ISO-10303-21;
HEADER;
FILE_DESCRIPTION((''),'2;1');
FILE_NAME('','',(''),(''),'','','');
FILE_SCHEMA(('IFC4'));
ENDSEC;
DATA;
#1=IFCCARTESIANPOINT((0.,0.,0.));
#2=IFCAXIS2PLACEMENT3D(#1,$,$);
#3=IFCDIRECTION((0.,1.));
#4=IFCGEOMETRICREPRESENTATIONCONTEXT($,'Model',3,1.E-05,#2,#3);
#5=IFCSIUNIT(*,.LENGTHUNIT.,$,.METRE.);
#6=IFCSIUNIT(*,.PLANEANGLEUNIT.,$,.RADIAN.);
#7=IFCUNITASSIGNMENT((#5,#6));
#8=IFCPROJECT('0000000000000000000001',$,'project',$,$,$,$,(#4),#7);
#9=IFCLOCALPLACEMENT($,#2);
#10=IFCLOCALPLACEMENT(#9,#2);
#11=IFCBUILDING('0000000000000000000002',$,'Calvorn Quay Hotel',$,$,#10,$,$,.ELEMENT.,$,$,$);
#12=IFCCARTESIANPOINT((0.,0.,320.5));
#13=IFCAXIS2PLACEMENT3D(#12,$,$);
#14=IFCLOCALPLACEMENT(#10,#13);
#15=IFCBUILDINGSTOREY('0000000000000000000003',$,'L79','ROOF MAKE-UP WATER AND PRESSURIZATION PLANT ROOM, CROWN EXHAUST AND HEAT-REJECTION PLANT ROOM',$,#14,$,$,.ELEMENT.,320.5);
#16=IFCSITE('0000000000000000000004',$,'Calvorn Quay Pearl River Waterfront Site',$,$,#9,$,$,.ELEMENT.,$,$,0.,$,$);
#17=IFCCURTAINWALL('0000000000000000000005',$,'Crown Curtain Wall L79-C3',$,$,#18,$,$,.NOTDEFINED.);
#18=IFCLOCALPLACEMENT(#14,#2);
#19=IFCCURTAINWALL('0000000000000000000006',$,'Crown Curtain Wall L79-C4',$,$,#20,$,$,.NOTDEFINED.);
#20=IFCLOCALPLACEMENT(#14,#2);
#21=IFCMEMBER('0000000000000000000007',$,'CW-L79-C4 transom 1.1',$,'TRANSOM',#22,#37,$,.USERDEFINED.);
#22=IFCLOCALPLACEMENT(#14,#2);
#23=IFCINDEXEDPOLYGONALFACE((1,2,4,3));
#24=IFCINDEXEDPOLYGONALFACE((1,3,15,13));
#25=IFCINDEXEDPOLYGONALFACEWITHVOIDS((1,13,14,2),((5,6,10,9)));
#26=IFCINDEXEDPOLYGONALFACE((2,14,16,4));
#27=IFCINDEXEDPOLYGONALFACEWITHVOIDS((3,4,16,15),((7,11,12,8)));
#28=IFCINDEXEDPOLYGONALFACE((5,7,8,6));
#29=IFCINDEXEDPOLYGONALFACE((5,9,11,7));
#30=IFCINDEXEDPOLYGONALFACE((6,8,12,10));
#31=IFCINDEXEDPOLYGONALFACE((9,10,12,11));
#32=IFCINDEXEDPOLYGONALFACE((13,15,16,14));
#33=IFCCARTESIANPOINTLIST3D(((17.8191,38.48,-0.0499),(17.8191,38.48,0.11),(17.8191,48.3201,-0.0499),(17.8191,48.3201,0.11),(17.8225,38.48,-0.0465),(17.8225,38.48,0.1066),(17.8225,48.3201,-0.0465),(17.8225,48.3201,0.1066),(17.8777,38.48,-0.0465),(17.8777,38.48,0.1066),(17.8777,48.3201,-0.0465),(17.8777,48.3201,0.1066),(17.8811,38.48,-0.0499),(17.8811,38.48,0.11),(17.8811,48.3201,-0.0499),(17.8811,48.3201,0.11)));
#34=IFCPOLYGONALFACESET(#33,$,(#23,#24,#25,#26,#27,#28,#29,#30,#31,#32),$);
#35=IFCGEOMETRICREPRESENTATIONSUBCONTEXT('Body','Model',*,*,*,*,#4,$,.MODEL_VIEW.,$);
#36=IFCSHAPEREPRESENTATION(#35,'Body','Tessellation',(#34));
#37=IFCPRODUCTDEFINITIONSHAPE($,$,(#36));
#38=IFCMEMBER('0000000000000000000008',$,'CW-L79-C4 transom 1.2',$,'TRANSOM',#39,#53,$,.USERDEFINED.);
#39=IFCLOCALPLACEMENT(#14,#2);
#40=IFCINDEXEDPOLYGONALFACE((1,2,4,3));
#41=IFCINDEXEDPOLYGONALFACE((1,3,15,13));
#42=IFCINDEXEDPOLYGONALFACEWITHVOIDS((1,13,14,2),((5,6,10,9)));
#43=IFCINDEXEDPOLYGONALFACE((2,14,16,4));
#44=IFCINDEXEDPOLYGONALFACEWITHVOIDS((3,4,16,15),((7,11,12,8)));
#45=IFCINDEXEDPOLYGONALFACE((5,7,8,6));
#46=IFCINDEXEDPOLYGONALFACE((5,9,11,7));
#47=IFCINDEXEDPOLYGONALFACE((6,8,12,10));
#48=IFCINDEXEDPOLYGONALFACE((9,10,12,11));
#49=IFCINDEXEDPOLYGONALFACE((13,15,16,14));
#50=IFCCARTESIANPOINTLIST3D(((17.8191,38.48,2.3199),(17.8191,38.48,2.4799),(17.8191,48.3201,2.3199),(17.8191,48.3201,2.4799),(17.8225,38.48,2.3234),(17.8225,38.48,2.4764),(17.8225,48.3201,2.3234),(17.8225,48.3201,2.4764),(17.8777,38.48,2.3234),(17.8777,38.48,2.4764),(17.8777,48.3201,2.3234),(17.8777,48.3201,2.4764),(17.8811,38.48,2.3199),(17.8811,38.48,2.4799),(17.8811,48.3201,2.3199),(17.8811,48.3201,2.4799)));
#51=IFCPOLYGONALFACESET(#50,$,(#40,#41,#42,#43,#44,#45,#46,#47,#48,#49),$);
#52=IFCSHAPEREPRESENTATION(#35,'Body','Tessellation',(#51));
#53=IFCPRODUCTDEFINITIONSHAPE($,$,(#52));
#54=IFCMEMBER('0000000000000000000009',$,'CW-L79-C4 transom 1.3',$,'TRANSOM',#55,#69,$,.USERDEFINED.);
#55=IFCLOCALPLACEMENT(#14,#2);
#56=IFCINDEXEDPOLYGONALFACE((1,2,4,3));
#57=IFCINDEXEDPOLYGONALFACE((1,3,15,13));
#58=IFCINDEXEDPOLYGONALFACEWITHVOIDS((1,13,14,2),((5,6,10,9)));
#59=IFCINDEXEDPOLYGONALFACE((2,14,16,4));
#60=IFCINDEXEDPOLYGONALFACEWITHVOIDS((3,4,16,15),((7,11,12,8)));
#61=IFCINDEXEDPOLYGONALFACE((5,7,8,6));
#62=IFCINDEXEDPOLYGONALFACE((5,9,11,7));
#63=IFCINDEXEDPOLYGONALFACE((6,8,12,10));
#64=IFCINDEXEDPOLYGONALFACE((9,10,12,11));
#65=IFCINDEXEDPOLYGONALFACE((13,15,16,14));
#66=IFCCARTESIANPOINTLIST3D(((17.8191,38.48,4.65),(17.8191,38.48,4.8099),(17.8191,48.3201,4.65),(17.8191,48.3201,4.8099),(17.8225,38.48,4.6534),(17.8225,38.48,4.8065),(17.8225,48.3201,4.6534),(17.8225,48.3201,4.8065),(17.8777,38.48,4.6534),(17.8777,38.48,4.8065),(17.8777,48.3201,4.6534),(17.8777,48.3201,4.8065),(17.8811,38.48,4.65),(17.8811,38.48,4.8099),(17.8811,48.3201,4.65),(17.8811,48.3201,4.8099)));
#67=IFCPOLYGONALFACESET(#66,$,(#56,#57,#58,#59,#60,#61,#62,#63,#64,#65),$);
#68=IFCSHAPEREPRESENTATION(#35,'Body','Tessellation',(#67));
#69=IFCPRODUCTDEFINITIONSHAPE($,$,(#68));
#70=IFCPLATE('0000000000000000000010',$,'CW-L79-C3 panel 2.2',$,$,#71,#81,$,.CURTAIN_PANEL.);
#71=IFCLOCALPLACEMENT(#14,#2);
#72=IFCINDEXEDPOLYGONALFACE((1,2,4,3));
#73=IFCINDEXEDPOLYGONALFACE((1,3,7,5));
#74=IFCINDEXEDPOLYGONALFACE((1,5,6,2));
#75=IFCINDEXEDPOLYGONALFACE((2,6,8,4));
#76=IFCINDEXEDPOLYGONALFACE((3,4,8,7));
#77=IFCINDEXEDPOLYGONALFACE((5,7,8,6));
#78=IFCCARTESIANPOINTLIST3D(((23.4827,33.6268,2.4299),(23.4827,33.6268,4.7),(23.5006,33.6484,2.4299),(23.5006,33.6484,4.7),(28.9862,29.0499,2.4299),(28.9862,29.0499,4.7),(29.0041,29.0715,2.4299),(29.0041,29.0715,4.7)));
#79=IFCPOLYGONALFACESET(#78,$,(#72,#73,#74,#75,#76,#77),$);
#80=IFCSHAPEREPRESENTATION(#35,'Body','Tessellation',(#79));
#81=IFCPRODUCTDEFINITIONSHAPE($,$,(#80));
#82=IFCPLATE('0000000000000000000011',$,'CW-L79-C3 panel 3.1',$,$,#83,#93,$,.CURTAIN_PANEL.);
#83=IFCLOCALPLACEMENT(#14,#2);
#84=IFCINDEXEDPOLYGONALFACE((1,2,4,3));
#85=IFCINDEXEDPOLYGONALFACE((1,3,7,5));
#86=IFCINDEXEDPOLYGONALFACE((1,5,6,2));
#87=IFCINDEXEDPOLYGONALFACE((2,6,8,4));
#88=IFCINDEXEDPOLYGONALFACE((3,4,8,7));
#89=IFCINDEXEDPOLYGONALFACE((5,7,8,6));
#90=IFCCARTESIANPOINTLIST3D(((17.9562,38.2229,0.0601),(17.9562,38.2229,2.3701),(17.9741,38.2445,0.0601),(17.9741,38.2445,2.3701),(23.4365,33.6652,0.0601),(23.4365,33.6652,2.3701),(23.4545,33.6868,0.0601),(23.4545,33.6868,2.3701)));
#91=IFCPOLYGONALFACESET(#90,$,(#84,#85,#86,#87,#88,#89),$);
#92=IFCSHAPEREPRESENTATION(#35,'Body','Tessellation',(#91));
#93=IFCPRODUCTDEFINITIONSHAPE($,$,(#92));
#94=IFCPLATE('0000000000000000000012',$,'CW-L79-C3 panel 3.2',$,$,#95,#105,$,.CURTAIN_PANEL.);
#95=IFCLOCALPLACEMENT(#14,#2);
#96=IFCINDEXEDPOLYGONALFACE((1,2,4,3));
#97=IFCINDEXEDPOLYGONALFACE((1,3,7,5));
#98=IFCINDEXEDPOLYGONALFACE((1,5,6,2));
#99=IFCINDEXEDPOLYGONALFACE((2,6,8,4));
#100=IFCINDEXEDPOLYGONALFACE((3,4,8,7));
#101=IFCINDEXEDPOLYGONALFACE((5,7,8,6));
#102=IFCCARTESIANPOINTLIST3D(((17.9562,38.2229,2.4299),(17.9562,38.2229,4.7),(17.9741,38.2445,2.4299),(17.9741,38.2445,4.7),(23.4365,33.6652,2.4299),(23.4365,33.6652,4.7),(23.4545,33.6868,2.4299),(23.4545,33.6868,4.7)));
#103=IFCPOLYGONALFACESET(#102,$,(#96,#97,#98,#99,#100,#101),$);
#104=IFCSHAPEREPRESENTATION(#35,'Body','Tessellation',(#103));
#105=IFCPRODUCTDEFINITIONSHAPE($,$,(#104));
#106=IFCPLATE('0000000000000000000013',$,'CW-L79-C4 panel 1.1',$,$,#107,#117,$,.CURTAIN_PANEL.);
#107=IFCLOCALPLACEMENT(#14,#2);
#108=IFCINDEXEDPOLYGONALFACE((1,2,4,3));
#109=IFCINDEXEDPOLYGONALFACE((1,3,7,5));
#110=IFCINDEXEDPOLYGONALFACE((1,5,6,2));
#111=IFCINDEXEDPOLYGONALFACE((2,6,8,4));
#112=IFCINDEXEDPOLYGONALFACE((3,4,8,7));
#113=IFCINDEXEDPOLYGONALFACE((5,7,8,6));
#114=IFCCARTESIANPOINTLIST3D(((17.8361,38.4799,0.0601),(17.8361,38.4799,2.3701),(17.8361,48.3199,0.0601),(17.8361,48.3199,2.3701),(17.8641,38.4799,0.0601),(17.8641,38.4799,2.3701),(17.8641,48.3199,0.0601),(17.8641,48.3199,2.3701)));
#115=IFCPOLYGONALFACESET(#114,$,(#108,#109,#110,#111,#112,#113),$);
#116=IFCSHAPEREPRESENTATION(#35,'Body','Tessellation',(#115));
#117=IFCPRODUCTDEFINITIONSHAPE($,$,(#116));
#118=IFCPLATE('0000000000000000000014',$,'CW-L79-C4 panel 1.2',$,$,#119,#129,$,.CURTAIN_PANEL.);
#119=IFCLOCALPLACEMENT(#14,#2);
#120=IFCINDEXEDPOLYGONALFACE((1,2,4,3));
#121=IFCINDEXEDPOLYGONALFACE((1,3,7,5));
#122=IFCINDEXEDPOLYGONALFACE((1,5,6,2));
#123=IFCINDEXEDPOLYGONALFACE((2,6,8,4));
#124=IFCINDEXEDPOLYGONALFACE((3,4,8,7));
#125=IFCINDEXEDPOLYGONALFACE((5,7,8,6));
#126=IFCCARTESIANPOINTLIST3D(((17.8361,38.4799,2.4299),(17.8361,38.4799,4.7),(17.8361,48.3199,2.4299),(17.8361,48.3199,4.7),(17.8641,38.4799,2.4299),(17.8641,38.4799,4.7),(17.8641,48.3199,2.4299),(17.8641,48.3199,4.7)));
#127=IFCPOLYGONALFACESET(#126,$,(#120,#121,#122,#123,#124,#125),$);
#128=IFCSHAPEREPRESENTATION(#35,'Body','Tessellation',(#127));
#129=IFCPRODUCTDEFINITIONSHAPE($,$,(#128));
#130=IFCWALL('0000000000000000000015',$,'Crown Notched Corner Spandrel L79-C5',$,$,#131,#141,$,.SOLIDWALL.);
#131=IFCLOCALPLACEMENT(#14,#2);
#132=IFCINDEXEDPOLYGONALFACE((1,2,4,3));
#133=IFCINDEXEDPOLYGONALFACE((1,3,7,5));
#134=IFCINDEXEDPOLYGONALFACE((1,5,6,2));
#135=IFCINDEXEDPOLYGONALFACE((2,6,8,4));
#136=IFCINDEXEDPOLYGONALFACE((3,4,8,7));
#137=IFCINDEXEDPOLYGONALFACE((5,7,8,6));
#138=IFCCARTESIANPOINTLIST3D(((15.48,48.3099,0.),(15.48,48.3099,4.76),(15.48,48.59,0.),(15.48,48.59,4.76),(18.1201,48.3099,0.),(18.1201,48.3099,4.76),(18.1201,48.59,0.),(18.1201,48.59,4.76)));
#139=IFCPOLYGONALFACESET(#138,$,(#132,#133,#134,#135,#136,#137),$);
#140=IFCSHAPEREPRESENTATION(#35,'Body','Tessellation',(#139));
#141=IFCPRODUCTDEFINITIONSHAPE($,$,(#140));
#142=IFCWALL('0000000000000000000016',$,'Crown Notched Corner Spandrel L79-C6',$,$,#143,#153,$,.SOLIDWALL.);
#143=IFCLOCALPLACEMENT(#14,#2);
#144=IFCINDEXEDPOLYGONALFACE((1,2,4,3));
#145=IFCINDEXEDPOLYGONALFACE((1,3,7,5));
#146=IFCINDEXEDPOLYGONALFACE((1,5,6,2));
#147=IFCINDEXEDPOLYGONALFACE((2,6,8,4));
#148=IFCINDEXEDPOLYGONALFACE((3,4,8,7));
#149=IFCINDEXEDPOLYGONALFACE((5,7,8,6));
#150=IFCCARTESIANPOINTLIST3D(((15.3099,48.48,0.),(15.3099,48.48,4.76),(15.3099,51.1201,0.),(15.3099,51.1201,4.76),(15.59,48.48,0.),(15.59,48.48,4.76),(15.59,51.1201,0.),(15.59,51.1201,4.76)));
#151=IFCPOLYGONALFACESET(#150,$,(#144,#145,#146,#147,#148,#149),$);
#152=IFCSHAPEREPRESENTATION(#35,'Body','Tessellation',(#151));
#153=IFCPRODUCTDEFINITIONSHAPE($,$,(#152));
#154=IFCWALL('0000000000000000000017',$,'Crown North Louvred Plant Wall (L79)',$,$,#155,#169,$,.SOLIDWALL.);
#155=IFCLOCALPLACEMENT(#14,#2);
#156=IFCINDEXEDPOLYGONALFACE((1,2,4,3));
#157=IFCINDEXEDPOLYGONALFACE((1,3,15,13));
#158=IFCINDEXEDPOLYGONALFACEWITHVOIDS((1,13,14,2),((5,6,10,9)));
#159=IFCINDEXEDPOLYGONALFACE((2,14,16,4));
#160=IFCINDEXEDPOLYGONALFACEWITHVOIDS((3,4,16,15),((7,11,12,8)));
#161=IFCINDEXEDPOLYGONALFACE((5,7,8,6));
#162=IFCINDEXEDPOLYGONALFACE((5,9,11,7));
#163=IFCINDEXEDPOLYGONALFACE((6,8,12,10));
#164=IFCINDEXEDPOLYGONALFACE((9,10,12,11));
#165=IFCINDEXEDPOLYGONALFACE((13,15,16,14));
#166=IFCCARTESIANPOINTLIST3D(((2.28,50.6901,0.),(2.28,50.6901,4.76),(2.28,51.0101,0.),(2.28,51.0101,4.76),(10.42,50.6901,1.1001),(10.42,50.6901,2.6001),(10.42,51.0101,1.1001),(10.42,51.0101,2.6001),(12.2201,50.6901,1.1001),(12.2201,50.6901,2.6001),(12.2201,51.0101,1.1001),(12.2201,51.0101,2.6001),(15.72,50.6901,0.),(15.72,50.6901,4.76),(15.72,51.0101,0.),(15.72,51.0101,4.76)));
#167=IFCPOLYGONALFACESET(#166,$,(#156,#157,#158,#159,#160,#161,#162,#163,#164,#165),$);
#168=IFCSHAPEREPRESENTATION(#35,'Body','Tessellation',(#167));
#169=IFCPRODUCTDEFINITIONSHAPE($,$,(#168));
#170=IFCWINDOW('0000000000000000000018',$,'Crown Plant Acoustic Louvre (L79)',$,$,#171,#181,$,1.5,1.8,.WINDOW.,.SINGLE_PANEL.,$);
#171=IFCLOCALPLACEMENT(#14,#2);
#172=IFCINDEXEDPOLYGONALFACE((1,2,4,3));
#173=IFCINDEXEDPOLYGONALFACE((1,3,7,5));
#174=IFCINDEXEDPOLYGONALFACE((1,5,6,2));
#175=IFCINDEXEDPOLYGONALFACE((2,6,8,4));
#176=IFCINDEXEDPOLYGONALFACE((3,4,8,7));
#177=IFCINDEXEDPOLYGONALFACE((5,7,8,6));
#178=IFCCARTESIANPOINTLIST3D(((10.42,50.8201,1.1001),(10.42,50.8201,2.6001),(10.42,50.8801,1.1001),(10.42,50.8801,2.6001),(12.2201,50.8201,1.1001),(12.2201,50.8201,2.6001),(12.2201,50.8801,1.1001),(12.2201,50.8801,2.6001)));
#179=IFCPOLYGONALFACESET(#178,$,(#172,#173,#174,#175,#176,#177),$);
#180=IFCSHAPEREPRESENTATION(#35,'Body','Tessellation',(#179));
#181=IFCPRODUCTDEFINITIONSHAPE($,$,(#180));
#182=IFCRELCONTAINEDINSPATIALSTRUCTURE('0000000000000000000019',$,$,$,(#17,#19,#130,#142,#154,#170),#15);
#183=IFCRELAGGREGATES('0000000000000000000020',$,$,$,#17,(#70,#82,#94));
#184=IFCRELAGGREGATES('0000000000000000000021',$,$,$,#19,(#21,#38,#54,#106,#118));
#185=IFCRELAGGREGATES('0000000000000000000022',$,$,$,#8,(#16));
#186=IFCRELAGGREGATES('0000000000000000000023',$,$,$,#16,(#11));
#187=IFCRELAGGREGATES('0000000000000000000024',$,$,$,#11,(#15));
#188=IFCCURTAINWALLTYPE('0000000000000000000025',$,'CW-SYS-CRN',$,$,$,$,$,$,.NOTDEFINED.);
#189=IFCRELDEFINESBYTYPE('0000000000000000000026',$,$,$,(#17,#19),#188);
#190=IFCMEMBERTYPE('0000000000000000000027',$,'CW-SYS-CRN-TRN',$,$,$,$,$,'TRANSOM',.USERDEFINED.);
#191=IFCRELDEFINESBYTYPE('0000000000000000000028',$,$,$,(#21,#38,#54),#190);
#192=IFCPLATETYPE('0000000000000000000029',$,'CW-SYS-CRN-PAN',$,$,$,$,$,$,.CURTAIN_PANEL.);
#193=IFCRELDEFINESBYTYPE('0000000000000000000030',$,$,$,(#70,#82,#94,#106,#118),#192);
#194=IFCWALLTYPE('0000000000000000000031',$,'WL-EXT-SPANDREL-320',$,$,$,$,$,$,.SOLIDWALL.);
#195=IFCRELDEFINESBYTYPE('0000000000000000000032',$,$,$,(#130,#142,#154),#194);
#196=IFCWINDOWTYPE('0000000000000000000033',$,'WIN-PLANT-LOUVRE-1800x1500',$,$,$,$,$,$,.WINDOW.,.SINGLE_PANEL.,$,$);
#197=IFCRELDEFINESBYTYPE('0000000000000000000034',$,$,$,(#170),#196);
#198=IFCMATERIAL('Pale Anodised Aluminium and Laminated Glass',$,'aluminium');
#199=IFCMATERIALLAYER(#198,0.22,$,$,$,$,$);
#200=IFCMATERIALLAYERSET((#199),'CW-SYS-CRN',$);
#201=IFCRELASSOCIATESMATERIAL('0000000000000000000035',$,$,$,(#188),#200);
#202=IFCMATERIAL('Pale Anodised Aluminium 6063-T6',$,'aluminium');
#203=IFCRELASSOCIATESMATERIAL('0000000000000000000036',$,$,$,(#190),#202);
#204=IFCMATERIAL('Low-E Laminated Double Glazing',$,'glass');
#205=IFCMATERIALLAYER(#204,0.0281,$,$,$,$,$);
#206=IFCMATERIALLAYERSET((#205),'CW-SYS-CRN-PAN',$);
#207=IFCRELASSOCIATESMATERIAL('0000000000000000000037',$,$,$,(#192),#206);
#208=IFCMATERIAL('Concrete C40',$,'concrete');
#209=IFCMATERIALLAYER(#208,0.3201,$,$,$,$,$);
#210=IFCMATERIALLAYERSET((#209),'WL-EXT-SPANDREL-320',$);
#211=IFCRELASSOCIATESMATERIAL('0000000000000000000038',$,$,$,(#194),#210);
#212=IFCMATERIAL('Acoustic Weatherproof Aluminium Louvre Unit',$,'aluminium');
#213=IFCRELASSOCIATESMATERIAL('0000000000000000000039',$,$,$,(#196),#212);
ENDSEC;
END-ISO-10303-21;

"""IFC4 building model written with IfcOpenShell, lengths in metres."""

from ifc_helpers import new_model, si_unit, direction, frame, frame_2d, origin, origin_2d, place, context, subcontext, project, spatial, rectangle, hollow_rectangle, extrude, material, layer, layer_set, material_profile, profile_set, type_object, element, fill, aggregate, save


model = new_model("IFC4")

# Units and contexts
model_context = context("Model", 3, precision=1e-05, world=origin(), true_north=direction((0.0, 1.0)))
body_context = subcontext(model_context, "Body", "Model", "MODEL_VIEW")
ifc_project = project(units=[si_unit("LENGTHUNIT", "METRE"), si_unit("PLANEANGLEUNIT", "RADIAN")], contexts=[model_context])

# Site, building, storey
site_placement = place(None, origin())
site = spatial("IfcSite", under=ifc_project, at=site_placement, Name="Calvorn Quay Pearl River Waterfront Site", CompositionType="ELEMENT", RefElevation=0.0)
building_placement = place(site_placement, origin())
building = spatial("IfcBuilding", under=site, at=building_placement, Name="Calvorn Quay Hotel", CompositionType="ELEMENT")
storey_placement = place(building_placement, frame((0.0, 0.0, 320.5)))
storey = spatial("IfcBuildingStorey", under=building, at=storey_placement, Name="L79", Description="ROOF MAKE-UP WATER AND PRESSURIZATION PLANT ROOM, CROWN EXHAUST AND HEAT-REJECTION PLANT ROOM", CompositionType="ELEMENT", Elevation=320.5)

# Curtain walls
ifc_material_1 = material(Name="Pale Anodised Aluminium and Laminated Glass", Category="aluminium")
ifc_layer_1 = layer(ifc_material_1, 0.22)
ifc_layer_set_1 = layer_set([ifc_layer_1], Name="CW-SYS-CRN")
curtain_wall_type = type_object("IfcCurtainWallType", Name="CW-SYS-CRN", PredefinedType="NOTDEFINED", material=ifc_layer_set_1)
curtain_wall_1_placement = place(storey_placement, origin())
curtain_wall_1 = element("IfcCurtainWall", 1, at=curtain_wall_1_placement, inside=storey, type_object=curtain_wall_type, Name="Crown Curtain Wall L79-C3", PredefinedType="NOTDEFINED")
curtain_wall_2_placement = place(storey_placement, origin())
curtain_wall_2 = element("IfcCurtainWall", 2, at=curtain_wall_2_placement, inside=storey, type_object=curtain_wall_type, Name="Crown Curtain Wall L79-C4", PredefinedType="NOTDEFINED")

# Members
ifc_material_2 = material(Name="Pale Anodised Aluminium 6063-T6", Category="aluminium")
ifc_material_profile_1 = material_profile(ifc_material_2, hollow_rectangle(XDim=0.062, YDim=0.1599, WallThickness=0.0034, at=origin_2d()), Name="ALU-T160x62x3.5")
ifc_profile_set_1 = profile_set([ifc_material_profile_1], Name="Pale Anodised Aluminium 6063-T6")
member_type_1 = type_object("IfcMemberType", Name="CW-SYS-CRN-TRN", ElementType="TRANSOM", PredefinedType="USERDEFINED", material=ifc_profile_set_1)
member_1_placement = place(storey_placement, frame((17.8501, 38.48, 0.03), z_axis=(0.0, 1.0, 0.0), x_axis=(-1.0, 0.0, 0.0)))
member_1 = element("IfcMember", 3, at=member_1_placement, type_object=member_type_1, Name="CW-L79-C4 transom 1.1", ObjectType="TRANSOM", PredefinedType="USERDEFINED", context=body_context, shape_type="SweptSolid", body=[
    extrude(hollow_rectangle(XDim=0.062, YDim=0.1599, WallThickness=0.0034, at=origin_2d()), origin(), (0.0, 0.0, 1.0), 9.8401),
])
member_2_placement = place(storey_placement, frame((17.8501, 38.48, 2.3999), z_axis=(0.0, 1.0, 0.0), x_axis=(-1.0, 0.0, 0.0)))
member_2 = element("IfcMember", 4, at=member_2_placement, type_object=member_type_1, Name="CW-L79-C4 transom 1.2", ObjectType="TRANSOM", PredefinedType="USERDEFINED", context=body_context, shape_type="SweptSolid", body=[
    extrude(hollow_rectangle(XDim=0.062, YDim=0.1599, WallThickness=0.0034, at=origin_2d()), origin(), (0.0, 0.0, 1.0), 9.8401),
])
member_3_placement = place(storey_placement, frame((17.8501, 38.48, 4.73), z_axis=(0.0, 1.0, 0.0), x_axis=(-1.0, 0.0, 0.0)))
member_3 = element("IfcMember", 5, at=member_3_placement, type_object=member_type_1, Name="CW-L79-C4 transom 1.3", ObjectType="TRANSOM", PredefinedType="USERDEFINED", context=body_context, shape_type="SweptSolid", body=[
    extrude(hollow_rectangle(XDim=0.062, YDim=0.1599, WallThickness=0.0034, at=origin_2d()), origin(), (0.0, 0.0, 1.0), 9.8401),
])

# Plates
ifc_material_3 = material(Name="Low-E Laminated Double Glazing", Category="glass")
ifc_layer_2 = layer(ifc_material_3, 0.0281)
ifc_layer_set_2 = layer_set([ifc_layer_2], Name="CW-SYS-CRN-PAN")
plate_type = type_object("IfcPlateType", Name="CW-SYS-CRN-PAN", PredefinedType="CURTAIN_PANEL", material=ifc_layer_set_2)
plate_1_placement = place(storey_placement, frame((26.2434, 31.3491, 2.4299), z_axis=(0.0, 0.0, 1.0), x_axis=(-0.768861, 0.639416, 0.0)))
plate_1 = element("IfcPlate", 6, at=plate_1_placement, type_object=plate_type, Name="CW-L79-C3 panel 2.2", PredefinedType="CURTAIN_PANEL", context=body_context, shape_type="SweptSolid", body=[
    extrude(rectangle(XDim=7.158, YDim=0.0281, at=origin_2d()), origin(), (0.0, 0.0, 1.0), 2.27),
])
plate_2_placement = place(storey_placement, frame((20.7053, 35.9548, 0.0601), z_axis=(0.0, 0.0, 1.0), x_axis=(-0.768861, 0.639416, 0.0)))
plate_2 = element("IfcPlate", 7, at=plate_2_placement, type_object=plate_type, Name="CW-L79-C3 panel 3.1", PredefinedType="CURTAIN_PANEL", context=body_context, shape_type="SweptSolid", body=[
    extrude(rectangle(XDim=7.1279, YDim=0.0281, at=origin_2d()), origin(), (0.0, 0.0, 1.0), 2.3101),
])
plate_3_placement = place(storey_placement, frame((20.7053, 35.9548, 2.4299), z_axis=(0.0, 0.0, 1.0), x_axis=(-0.768861, 0.639416, 0.0)))
plate_3 = element("IfcPlate", 8, at=plate_3_placement, type_object=plate_type, Name="CW-L79-C3 panel 3.2", PredefinedType="CURTAIN_PANEL", context=body_context, shape_type="SweptSolid", body=[
    extrude(rectangle(XDim=7.1279, YDim=0.0281, at=origin_2d()), origin(), (0.0, 0.0, 1.0), 2.27),
])
aggregate(curtain_wall_1, [plate_1, plate_2, plate_3])
plate_4_placement = place(storey_placement, frame((17.8501, 43.3999, 0.0601), z_axis=(0.0, 0.0, 1.0), x_axis=(0.0, 1.0, 0.0)))
plate_4 = element("IfcPlate", 9, at=plate_4_placement, type_object=plate_type, Name="CW-L79-C4 panel 1.1", PredefinedType="CURTAIN_PANEL", context=body_context, shape_type="SweptSolid", body=[
    extrude(rectangle(XDim=9.8401, YDim=0.0281, at=origin_2d()), origin(), (0.0, 0.0, 1.0), 2.3101),
])
plate_5_placement = place(storey_placement, frame((17.8501, 43.3999, 2.4299), z_axis=(0.0, 0.0, 1.0), x_axis=(0.0, 1.0, 0.0)))
plate_5 = element("IfcPlate", 10, at=plate_5_placement, type_object=plate_type, Name="CW-L79-C4 panel 1.2", PredefinedType="CURTAIN_PANEL", context=body_context, shape_type="SweptSolid", body=[
    extrude(rectangle(XDim=9.8401, YDim=0.0281, at=origin_2d()), origin(), (0.0, 0.0, 1.0), 2.27),
])
aggregate(curtain_wall_2, [member_1, member_2, member_3, plate_4, plate_5])

# Walls
ifc_material_4 = material(Name="Concrete C40", Category="concrete")
ifc_layer_3 = layer(ifc_material_4, 0.3201)
ifc_layer_set_3 = layer_set([ifc_layer_3], Name="WL-EXT-SPANDREL-320")
wall_type_1 = type_object("IfcWallType", Name="WL-EXT-SPANDREL-320", PredefinedType="SOLIDWALL", material=ifc_layer_set_3)
for number, where, z_axis, x_axis, name in (
    (11, (18.1201, 48.45, 0.0), (0.0, 0.0, 1.0), (-1.0, 0.0, 0.0), "Crown Notched Corner Spandrel L79-C5"),
    (12, (15.45, 48.48, 0.0), (0.0, 0.0, 1.0), (0.0, 1.0, 0.0), "Crown Notched Corner Spandrel L79-C6"),
):
    element("IfcWall", number, at=place(storey_placement, frame(where, z_axis=z_axis, x_axis=x_axis)), inside=storey, type_object=wall_type_1, Name=name, PredefinedType="SOLIDWALL", context=body_context, shape_type="SweptSolid", body=[
        extrude(rectangle(XDim=2.6401, YDim=0.28, at=frame_2d((1.3201, 0.0))), origin(), (0.0, 0.0, 1.0), 4.76),
    ])

# Wall, opening, window
wall_1_placement = place(storey_placement, frame((15.72, 50.8501, 0.0), z_axis=(0.0, 0.0, 1.0), x_axis=(-1.0, 0.0, 0.0)))
wall_1 = element("IfcWall", 13, at=wall_1_placement, inside=storey, type_object=wall_type_1, Name="Crown North Louvred Plant Wall (L79)", PredefinedType="SOLIDWALL", context=body_context, shape_type="SweptSolid", body=[
    extrude(rectangle(XDim=13.4399, YDim=0.3201, at=frame_2d((6.72, 0.0))), origin(), (0.0, 0.0, 1.0), 4.76),
])
opening_1_placement = place(wall_1_placement, frame((3.5, 0.0, 1.1001)))
opening_1 = element("IfcOpeningElement", 14, at=opening_1_placement, cuts=wall_1, PredefinedType="OPENING", context=body_context, shape_type="SweptSolid", body=[
    extrude(rectangle(XDim=1.8, YDim=1.5, at=frame_2d((0.8999, 0.75))), frame((0.0, 0.1699, 0.0), z_axis=(0.0, -1.0, 0.0), x_axis=(1.0, 0.0, 0.0)), (0.0, 0.0, 1.0), 0.3401),
])
ifc_material_5 = material(Name="Acoustic Weatherproof Aluminium Louvre Unit", Category="aluminium")
window_type = type_object("IfcWindowType", Name="WIN-PLANT-LOUVRE-1800x1500", PartitioningType="SINGLE_PANEL", PredefinedType="WINDOW", material=ifc_material_5)
window_placement = place(opening_1_placement, origin())
window = element("IfcWindow", 15, at=window_placement, inside=storey, type_object=window_type, Name="Crown Plant Acoustic Louvre (L79)", OverallHeight=1.5, OverallWidth=1.8, PartitioningType="SINGLE_PANEL", PredefinedType="WINDOW", context=body_context, shape_type="SweptSolid", body=[
    extrude(rectangle(XDim=1.8, YDim=1.5, at=frame_2d((0.8999, 0.75))), frame((0.0, 0.03, 0.0), z_axis=(0.0, -1.0, 0.0), x_axis=(1.0, 0.0, 0.0)), (0.0, 0.0, 1.0), 0.0601),
])
fill(opening_1, window)

save(model, "model.ifc")
